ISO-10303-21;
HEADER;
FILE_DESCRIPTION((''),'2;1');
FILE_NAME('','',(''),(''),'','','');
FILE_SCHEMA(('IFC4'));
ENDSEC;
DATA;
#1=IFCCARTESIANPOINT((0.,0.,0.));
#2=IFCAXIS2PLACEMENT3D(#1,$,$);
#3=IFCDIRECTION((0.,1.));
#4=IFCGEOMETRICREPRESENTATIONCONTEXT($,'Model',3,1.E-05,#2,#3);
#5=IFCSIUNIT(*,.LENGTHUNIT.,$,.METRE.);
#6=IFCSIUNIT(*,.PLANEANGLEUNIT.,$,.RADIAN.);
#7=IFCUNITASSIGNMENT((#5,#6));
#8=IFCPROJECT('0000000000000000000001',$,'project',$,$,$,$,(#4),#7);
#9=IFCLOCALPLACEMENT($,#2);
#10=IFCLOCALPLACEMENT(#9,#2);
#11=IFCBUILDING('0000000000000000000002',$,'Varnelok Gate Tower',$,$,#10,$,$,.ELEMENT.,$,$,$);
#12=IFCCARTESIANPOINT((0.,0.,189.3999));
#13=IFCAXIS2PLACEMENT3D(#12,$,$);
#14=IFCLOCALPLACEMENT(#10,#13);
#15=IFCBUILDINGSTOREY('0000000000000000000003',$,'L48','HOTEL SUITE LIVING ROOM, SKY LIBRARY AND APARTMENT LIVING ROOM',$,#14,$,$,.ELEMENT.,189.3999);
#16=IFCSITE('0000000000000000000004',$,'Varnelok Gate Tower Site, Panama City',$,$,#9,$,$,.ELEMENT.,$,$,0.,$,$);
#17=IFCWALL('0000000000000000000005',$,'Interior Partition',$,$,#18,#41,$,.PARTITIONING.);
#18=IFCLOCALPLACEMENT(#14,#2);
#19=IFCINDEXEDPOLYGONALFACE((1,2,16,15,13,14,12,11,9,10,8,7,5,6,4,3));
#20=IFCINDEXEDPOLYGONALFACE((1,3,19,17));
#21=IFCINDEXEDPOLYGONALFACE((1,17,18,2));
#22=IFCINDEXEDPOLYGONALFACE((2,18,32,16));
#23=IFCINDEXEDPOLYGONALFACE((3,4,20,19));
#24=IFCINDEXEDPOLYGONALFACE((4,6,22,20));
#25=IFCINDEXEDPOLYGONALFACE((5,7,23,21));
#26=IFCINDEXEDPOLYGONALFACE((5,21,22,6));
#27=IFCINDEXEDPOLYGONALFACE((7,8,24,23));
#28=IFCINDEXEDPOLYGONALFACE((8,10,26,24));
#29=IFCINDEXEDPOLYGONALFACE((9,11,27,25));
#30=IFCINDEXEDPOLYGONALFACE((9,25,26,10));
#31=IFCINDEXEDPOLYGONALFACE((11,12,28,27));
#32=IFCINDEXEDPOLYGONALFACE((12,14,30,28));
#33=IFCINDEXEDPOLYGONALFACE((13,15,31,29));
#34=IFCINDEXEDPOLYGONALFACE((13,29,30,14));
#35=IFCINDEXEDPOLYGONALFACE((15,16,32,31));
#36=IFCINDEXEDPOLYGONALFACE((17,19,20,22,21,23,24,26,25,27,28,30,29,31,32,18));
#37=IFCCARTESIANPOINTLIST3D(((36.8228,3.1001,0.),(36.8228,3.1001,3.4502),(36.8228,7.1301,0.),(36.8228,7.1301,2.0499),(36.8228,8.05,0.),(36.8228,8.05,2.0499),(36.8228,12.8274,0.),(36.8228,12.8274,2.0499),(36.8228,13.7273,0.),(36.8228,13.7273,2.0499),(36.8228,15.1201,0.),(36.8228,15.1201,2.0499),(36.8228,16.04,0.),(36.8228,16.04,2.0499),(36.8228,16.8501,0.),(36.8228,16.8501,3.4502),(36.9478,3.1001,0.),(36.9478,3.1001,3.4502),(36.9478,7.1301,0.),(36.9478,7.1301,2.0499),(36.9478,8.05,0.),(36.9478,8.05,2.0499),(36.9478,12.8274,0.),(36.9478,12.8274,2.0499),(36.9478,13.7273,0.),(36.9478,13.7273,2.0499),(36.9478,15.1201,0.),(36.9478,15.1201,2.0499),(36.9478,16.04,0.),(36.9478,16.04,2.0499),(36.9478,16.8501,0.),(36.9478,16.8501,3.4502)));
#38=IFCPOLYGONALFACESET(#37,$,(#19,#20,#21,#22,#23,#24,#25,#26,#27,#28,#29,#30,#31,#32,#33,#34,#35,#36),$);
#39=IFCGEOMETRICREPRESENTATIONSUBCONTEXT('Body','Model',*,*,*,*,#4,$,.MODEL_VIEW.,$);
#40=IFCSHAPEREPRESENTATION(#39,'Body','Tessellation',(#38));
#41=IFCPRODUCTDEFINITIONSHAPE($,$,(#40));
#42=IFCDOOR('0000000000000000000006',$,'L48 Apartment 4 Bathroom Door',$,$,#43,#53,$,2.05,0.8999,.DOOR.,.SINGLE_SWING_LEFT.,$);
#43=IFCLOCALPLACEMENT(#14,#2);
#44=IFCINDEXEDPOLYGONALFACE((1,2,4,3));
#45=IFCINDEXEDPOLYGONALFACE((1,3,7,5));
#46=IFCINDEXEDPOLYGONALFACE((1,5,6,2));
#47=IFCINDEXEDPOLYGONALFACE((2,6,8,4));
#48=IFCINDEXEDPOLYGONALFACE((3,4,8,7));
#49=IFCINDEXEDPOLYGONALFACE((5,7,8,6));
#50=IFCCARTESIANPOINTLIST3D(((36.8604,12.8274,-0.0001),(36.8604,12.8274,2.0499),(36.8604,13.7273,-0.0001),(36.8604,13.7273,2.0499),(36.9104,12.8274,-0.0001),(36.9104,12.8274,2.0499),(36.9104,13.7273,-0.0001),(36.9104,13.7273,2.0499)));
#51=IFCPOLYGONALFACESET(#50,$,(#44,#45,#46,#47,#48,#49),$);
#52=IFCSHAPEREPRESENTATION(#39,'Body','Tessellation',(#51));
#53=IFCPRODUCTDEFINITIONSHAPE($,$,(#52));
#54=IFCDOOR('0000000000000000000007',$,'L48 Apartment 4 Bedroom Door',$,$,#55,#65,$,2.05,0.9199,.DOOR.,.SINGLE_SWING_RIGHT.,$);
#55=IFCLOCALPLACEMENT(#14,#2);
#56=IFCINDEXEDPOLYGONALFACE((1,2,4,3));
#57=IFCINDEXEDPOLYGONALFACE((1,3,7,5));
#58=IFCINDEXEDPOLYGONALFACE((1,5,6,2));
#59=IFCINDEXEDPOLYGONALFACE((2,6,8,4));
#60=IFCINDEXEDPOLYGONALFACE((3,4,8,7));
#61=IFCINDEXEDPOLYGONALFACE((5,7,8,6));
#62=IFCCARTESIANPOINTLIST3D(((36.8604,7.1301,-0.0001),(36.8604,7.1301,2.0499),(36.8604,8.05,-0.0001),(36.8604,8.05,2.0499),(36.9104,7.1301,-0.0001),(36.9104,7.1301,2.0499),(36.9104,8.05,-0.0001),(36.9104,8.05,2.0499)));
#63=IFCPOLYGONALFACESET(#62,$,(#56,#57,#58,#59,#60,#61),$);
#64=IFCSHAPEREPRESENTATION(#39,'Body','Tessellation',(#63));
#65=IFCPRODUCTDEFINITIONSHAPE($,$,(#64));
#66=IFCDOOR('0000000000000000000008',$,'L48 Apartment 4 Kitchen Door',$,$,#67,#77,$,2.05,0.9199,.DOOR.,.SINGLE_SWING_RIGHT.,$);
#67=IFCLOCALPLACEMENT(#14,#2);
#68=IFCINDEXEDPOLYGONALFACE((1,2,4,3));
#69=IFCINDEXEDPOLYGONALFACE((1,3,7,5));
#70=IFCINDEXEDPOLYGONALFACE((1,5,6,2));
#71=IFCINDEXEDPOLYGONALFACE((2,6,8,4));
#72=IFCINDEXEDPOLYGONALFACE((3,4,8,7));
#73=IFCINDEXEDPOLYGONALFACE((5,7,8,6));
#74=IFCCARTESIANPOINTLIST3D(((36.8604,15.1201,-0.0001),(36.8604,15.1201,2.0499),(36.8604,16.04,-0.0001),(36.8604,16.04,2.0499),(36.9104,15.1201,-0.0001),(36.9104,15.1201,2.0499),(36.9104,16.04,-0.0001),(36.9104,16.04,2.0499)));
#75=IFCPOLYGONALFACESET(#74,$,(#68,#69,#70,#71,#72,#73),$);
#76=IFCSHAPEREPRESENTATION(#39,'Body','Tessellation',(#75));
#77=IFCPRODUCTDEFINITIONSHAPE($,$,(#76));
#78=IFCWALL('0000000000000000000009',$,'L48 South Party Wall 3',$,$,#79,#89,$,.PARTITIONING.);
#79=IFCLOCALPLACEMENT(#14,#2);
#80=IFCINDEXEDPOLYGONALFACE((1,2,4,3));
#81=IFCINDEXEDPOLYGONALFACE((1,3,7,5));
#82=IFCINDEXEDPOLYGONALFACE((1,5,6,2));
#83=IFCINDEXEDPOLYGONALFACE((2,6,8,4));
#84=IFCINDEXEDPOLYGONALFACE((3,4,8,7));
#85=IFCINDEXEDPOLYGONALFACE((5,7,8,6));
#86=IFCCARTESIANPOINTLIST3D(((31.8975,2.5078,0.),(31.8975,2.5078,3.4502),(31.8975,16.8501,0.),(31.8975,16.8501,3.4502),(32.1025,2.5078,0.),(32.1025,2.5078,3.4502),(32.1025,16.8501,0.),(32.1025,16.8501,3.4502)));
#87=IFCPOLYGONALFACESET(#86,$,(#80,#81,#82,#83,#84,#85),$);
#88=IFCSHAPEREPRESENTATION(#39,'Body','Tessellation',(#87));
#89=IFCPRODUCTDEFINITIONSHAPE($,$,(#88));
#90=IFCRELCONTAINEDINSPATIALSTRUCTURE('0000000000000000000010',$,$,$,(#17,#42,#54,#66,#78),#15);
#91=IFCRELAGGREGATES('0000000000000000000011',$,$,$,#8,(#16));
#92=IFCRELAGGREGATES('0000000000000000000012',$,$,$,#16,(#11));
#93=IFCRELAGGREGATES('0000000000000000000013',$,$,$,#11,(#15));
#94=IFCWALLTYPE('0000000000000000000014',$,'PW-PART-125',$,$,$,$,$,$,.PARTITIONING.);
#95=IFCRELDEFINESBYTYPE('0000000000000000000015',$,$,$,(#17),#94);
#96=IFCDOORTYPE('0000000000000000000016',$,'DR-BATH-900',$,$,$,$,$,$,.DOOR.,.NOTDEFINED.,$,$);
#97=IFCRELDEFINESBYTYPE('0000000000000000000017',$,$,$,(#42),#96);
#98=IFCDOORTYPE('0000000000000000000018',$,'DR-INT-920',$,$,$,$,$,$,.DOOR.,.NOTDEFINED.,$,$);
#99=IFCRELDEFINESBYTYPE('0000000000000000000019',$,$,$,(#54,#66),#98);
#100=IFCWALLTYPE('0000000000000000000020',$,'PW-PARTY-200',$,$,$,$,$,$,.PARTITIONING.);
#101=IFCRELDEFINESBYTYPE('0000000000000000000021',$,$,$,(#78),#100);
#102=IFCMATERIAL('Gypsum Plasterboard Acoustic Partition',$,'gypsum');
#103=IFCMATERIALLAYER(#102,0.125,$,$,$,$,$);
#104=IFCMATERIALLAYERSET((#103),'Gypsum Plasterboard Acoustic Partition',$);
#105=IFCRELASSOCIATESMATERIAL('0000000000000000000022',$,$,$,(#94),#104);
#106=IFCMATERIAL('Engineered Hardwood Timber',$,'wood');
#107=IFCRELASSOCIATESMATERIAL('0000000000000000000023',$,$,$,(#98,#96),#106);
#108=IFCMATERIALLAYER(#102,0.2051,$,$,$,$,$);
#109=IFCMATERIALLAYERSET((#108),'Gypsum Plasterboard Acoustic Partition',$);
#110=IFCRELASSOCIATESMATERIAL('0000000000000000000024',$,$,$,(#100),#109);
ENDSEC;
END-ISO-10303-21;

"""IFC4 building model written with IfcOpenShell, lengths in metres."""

from ifc_helpers import new_model, si_unit, direction, frame, frame_2d, origin, place, context, subcontext, project, spatial, rectangle, extrude, material, layer, layer_set, type_object, element, fill, save


model = new_model("IFC4")

# Units and contexts
model_context = context("Model", 3, precision=1e-05, world=origin(), true_north=direction((0.0, 1.0)))
body_context = subcontext(model_context, "Body", "Model", "MODEL_VIEW")
ifc_project = project(units=[si_unit("LENGTHUNIT", "METRE"), si_unit("PLANEANGLEUNIT", "RADIAN")], contexts=[model_context])

# Site, building, storey
site_placement = place(None, origin())
site = spatial("IfcSite", under=ifc_project, at=site_placement, Name="Varnelok Gate Tower Site, Panama City", CompositionType="ELEMENT", RefElevation=0.0)
building_placement = place(site_placement, origin())
building = spatial("IfcBuilding", under=site, at=building_placement, Name="Varnelok Gate Tower", CompositionType="ELEMENT")
storey_placement = place(building_placement, frame((0.0, 0.0, 189.3999)))
storey = spatial("IfcBuildingStorey", under=building, at=storey_placement, Name="L48", Description="HOTEL SUITE LIVING ROOM, SKY LIBRARY AND APARTMENT LIVING ROOM", CompositionType="ELEMENT", Elevation=189.3999)

# Shared definitions
ifc_material_1 = material(Name="Gypsum Plasterboard Acoustic Partition", Category="gypsum")

# Shared definitions
ifc_layer_1 = layer(ifc_material_1, 0.125)
ifc_layer_set_1 = layer_set([ifc_layer_1], Name="Gypsum Plasterboard Acoustic Partition")
wall_type_1 = type_object("IfcWallType", Name="PW-PART-125", PredefinedType="PARTITIONING", material=ifc_layer_set_1)
ifc_material_2 = material(Name="Engineered Hardwood Timber", Category="wood")
door_type_1 = type_object("IfcDoorType", Name="DR-INT-920", OperationType="NOTDEFINED", PredefinedType="DOOR", material=ifc_material_2)

# Wall, openings, doors
wall_1_placement = place(storey_placement, frame((36.8853, 3.1001, 0.0), z_axis=(0.0, 0.0, 1.0), x_axis=(0.0, 1.0, 0.0)))
wall_1 = element("IfcWall", 1, at=wall_1_placement, inside=storey, type_object=wall_type_1, Name="Interior Partition", PredefinedType="PARTITIONING", context=body_context, shape_type="SweptSolid", body=[
    extrude(rectangle(XDim=13.75, YDim=0.125, at=frame_2d((6.875, 0.0))), origin(), (0.0, 0.0, 1.0), 3.4502),
])
opening_1_placement = place(wall_1_placement, frame((4.03, 0.0, 0.0)))
opening_1 = element("IfcOpeningElement", 2, at=opening_1_placement, cuts=wall_1, PredefinedType="OPENING", context=body_context, shape_type="SweptSolid", body=[
    extrude(rectangle(XDim=0.9199, YDim=2.05, at=frame_2d((0.46, 1.0249))), frame((0.0, 0.0725, 0.0), z_axis=(0.0, -1.0, 0.0), x_axis=(1.0, 0.0, 0.0)), (0.0, 0.0, 1.0), 0.145),
])
opening_2_placement = place(wall_1_placement, frame((9.7273, 0.0, 0.0)))
opening_2 = element("IfcOpeningElement", 3, at=opening_2_placement, cuts=wall_1, PredefinedType="OPENING", context=body_context, shape_type="SweptSolid", body=[
    extrude(rectangle(XDim=0.8999, YDim=2.05, at=frame_2d((0.45, 1.0249))), frame((0.0, 0.0725, 0.0), z_axis=(0.0, -1.0, 0.0), x_axis=(1.0, 0.0, 0.0)), (0.0, 0.0, 1.0), 0.145),
])
opening_3_placement = place(wall_1_placement, frame((12.02, 0.0, 0.0)))
opening_3 = element("IfcOpeningElement", 4, at=opening_3_placement, cuts=wall_1, PredefinedType="OPENING", context=body_context, shape_type="SweptSolid", body=[
    extrude(rectangle(XDim=0.9199, YDim=2.05, at=frame_2d((0.46, 1.0249))), frame((0.0, 0.0725, 0.0), z_axis=(0.0, -1.0, 0.0), x_axis=(1.0, 0.0, 0.0)), (0.0, 0.0, 1.0), 0.145),
])
door_type_2 = type_object("IfcDoorType", Name="DR-BATH-900", OperationType="NOTDEFINED", PredefinedType="DOOR", material=ifc_material_2)
door_1_placement = place(opening_2_placement, origin())
door_1 = element("IfcDoor", 5, at=door_1_placement, inside=storey, type_object=door_type_2, Name="L48 Apartment 4 Bathroom Door", OperationType="SINGLE_SWING_LEFT", OverallHeight=2.05, OverallWidth=0.8999, PredefinedType="DOOR", context=body_context, shape_type="SweptSolid", body=[
    extrude(rectangle(XDim=0.8999, YDim=2.05, at=frame_2d((0.45, 1.0249))), frame((0.0, 0.0249, 0.0), z_axis=(0.0, -1.0, 0.0), x_axis=(1.0, 0.0, 0.0)), (0.0, 0.0, 1.0), 0.05),
])
fill(opening_2, door_1)
door_2_placement = place(opening_1_placement, origin())
door_2 = element("IfcDoor", 6, at=door_2_placement, inside=storey, type_object=door_type_1, Name="L48 Apartment 4 Bedroom Door", OperationType="SINGLE_SWING_RIGHT", OverallHeight=2.05, OverallWidth=0.9199, PredefinedType="DOOR", context=body_context, shape_type="SweptSolid", body=[
    extrude(rectangle(XDim=0.9199, YDim=2.05, at=frame_2d((0.46, 1.0249))), frame((0.0, 0.0249, 0.0), z_axis=(0.0, -1.0, 0.0), x_axis=(1.0, 0.0, 0.0)), (0.0, 0.0, 1.0), 0.05),
])
fill(opening_1, door_2)
door_3_placement = place(opening_3_placement, origin())
door_3 = element("IfcDoor", 7, at=door_3_placement, inside=storey, type_object=door_type_1, Name="L48 Apartment 4 Kitchen Door", OperationType="SINGLE_SWING_RIGHT", OverallHeight=2.05, OverallWidth=0.9199, PredefinedType="DOOR", context=body_context, shape_type="SweptSolid", body=[
    extrude(rectangle(XDim=0.9199, YDim=2.05, at=frame_2d((0.46, 1.0249))), frame((0.0, 0.0249, 0.0), z_axis=(0.0, -1.0, 0.0), x_axis=(1.0, 0.0, 0.0)), (0.0, 0.0, 1.0), 0.05),
])
fill(opening_3, door_3)

# Wall
ifc_layer_2 = layer(ifc_material_1, 0.2051)
ifc_layer_set_2 = layer_set([ifc_layer_2], Name="Gypsum Plasterboard Acoustic Partition")
wall_type_2 = type_object("IfcWallType", Name="PW-PARTY-200", PredefinedType="PARTITIONING", material=ifc_layer_set_2)
wall_2_placement = place(storey_placement, frame((32.0, 2.5078, 0.0), z_axis=(0.0, 0.0, 1.0), x_axis=(0.0, 1.0, 0.0)))
element("IfcWall", 8, at=wall_2_placement, inside=storey, type_object=wall_type_2, Name="L48 South Party Wall 3", PredefinedType="PARTITIONING", context=body_context, shape_type="SweptSolid", body=[
    extrude(rectangle(XDim=14.3423, YDim=0.2051, at=frame_2d((7.1711, 0.0))), origin(), (0.0, 0.0, 1.0), 3.4502),
])

save(model, "model.ifc")
